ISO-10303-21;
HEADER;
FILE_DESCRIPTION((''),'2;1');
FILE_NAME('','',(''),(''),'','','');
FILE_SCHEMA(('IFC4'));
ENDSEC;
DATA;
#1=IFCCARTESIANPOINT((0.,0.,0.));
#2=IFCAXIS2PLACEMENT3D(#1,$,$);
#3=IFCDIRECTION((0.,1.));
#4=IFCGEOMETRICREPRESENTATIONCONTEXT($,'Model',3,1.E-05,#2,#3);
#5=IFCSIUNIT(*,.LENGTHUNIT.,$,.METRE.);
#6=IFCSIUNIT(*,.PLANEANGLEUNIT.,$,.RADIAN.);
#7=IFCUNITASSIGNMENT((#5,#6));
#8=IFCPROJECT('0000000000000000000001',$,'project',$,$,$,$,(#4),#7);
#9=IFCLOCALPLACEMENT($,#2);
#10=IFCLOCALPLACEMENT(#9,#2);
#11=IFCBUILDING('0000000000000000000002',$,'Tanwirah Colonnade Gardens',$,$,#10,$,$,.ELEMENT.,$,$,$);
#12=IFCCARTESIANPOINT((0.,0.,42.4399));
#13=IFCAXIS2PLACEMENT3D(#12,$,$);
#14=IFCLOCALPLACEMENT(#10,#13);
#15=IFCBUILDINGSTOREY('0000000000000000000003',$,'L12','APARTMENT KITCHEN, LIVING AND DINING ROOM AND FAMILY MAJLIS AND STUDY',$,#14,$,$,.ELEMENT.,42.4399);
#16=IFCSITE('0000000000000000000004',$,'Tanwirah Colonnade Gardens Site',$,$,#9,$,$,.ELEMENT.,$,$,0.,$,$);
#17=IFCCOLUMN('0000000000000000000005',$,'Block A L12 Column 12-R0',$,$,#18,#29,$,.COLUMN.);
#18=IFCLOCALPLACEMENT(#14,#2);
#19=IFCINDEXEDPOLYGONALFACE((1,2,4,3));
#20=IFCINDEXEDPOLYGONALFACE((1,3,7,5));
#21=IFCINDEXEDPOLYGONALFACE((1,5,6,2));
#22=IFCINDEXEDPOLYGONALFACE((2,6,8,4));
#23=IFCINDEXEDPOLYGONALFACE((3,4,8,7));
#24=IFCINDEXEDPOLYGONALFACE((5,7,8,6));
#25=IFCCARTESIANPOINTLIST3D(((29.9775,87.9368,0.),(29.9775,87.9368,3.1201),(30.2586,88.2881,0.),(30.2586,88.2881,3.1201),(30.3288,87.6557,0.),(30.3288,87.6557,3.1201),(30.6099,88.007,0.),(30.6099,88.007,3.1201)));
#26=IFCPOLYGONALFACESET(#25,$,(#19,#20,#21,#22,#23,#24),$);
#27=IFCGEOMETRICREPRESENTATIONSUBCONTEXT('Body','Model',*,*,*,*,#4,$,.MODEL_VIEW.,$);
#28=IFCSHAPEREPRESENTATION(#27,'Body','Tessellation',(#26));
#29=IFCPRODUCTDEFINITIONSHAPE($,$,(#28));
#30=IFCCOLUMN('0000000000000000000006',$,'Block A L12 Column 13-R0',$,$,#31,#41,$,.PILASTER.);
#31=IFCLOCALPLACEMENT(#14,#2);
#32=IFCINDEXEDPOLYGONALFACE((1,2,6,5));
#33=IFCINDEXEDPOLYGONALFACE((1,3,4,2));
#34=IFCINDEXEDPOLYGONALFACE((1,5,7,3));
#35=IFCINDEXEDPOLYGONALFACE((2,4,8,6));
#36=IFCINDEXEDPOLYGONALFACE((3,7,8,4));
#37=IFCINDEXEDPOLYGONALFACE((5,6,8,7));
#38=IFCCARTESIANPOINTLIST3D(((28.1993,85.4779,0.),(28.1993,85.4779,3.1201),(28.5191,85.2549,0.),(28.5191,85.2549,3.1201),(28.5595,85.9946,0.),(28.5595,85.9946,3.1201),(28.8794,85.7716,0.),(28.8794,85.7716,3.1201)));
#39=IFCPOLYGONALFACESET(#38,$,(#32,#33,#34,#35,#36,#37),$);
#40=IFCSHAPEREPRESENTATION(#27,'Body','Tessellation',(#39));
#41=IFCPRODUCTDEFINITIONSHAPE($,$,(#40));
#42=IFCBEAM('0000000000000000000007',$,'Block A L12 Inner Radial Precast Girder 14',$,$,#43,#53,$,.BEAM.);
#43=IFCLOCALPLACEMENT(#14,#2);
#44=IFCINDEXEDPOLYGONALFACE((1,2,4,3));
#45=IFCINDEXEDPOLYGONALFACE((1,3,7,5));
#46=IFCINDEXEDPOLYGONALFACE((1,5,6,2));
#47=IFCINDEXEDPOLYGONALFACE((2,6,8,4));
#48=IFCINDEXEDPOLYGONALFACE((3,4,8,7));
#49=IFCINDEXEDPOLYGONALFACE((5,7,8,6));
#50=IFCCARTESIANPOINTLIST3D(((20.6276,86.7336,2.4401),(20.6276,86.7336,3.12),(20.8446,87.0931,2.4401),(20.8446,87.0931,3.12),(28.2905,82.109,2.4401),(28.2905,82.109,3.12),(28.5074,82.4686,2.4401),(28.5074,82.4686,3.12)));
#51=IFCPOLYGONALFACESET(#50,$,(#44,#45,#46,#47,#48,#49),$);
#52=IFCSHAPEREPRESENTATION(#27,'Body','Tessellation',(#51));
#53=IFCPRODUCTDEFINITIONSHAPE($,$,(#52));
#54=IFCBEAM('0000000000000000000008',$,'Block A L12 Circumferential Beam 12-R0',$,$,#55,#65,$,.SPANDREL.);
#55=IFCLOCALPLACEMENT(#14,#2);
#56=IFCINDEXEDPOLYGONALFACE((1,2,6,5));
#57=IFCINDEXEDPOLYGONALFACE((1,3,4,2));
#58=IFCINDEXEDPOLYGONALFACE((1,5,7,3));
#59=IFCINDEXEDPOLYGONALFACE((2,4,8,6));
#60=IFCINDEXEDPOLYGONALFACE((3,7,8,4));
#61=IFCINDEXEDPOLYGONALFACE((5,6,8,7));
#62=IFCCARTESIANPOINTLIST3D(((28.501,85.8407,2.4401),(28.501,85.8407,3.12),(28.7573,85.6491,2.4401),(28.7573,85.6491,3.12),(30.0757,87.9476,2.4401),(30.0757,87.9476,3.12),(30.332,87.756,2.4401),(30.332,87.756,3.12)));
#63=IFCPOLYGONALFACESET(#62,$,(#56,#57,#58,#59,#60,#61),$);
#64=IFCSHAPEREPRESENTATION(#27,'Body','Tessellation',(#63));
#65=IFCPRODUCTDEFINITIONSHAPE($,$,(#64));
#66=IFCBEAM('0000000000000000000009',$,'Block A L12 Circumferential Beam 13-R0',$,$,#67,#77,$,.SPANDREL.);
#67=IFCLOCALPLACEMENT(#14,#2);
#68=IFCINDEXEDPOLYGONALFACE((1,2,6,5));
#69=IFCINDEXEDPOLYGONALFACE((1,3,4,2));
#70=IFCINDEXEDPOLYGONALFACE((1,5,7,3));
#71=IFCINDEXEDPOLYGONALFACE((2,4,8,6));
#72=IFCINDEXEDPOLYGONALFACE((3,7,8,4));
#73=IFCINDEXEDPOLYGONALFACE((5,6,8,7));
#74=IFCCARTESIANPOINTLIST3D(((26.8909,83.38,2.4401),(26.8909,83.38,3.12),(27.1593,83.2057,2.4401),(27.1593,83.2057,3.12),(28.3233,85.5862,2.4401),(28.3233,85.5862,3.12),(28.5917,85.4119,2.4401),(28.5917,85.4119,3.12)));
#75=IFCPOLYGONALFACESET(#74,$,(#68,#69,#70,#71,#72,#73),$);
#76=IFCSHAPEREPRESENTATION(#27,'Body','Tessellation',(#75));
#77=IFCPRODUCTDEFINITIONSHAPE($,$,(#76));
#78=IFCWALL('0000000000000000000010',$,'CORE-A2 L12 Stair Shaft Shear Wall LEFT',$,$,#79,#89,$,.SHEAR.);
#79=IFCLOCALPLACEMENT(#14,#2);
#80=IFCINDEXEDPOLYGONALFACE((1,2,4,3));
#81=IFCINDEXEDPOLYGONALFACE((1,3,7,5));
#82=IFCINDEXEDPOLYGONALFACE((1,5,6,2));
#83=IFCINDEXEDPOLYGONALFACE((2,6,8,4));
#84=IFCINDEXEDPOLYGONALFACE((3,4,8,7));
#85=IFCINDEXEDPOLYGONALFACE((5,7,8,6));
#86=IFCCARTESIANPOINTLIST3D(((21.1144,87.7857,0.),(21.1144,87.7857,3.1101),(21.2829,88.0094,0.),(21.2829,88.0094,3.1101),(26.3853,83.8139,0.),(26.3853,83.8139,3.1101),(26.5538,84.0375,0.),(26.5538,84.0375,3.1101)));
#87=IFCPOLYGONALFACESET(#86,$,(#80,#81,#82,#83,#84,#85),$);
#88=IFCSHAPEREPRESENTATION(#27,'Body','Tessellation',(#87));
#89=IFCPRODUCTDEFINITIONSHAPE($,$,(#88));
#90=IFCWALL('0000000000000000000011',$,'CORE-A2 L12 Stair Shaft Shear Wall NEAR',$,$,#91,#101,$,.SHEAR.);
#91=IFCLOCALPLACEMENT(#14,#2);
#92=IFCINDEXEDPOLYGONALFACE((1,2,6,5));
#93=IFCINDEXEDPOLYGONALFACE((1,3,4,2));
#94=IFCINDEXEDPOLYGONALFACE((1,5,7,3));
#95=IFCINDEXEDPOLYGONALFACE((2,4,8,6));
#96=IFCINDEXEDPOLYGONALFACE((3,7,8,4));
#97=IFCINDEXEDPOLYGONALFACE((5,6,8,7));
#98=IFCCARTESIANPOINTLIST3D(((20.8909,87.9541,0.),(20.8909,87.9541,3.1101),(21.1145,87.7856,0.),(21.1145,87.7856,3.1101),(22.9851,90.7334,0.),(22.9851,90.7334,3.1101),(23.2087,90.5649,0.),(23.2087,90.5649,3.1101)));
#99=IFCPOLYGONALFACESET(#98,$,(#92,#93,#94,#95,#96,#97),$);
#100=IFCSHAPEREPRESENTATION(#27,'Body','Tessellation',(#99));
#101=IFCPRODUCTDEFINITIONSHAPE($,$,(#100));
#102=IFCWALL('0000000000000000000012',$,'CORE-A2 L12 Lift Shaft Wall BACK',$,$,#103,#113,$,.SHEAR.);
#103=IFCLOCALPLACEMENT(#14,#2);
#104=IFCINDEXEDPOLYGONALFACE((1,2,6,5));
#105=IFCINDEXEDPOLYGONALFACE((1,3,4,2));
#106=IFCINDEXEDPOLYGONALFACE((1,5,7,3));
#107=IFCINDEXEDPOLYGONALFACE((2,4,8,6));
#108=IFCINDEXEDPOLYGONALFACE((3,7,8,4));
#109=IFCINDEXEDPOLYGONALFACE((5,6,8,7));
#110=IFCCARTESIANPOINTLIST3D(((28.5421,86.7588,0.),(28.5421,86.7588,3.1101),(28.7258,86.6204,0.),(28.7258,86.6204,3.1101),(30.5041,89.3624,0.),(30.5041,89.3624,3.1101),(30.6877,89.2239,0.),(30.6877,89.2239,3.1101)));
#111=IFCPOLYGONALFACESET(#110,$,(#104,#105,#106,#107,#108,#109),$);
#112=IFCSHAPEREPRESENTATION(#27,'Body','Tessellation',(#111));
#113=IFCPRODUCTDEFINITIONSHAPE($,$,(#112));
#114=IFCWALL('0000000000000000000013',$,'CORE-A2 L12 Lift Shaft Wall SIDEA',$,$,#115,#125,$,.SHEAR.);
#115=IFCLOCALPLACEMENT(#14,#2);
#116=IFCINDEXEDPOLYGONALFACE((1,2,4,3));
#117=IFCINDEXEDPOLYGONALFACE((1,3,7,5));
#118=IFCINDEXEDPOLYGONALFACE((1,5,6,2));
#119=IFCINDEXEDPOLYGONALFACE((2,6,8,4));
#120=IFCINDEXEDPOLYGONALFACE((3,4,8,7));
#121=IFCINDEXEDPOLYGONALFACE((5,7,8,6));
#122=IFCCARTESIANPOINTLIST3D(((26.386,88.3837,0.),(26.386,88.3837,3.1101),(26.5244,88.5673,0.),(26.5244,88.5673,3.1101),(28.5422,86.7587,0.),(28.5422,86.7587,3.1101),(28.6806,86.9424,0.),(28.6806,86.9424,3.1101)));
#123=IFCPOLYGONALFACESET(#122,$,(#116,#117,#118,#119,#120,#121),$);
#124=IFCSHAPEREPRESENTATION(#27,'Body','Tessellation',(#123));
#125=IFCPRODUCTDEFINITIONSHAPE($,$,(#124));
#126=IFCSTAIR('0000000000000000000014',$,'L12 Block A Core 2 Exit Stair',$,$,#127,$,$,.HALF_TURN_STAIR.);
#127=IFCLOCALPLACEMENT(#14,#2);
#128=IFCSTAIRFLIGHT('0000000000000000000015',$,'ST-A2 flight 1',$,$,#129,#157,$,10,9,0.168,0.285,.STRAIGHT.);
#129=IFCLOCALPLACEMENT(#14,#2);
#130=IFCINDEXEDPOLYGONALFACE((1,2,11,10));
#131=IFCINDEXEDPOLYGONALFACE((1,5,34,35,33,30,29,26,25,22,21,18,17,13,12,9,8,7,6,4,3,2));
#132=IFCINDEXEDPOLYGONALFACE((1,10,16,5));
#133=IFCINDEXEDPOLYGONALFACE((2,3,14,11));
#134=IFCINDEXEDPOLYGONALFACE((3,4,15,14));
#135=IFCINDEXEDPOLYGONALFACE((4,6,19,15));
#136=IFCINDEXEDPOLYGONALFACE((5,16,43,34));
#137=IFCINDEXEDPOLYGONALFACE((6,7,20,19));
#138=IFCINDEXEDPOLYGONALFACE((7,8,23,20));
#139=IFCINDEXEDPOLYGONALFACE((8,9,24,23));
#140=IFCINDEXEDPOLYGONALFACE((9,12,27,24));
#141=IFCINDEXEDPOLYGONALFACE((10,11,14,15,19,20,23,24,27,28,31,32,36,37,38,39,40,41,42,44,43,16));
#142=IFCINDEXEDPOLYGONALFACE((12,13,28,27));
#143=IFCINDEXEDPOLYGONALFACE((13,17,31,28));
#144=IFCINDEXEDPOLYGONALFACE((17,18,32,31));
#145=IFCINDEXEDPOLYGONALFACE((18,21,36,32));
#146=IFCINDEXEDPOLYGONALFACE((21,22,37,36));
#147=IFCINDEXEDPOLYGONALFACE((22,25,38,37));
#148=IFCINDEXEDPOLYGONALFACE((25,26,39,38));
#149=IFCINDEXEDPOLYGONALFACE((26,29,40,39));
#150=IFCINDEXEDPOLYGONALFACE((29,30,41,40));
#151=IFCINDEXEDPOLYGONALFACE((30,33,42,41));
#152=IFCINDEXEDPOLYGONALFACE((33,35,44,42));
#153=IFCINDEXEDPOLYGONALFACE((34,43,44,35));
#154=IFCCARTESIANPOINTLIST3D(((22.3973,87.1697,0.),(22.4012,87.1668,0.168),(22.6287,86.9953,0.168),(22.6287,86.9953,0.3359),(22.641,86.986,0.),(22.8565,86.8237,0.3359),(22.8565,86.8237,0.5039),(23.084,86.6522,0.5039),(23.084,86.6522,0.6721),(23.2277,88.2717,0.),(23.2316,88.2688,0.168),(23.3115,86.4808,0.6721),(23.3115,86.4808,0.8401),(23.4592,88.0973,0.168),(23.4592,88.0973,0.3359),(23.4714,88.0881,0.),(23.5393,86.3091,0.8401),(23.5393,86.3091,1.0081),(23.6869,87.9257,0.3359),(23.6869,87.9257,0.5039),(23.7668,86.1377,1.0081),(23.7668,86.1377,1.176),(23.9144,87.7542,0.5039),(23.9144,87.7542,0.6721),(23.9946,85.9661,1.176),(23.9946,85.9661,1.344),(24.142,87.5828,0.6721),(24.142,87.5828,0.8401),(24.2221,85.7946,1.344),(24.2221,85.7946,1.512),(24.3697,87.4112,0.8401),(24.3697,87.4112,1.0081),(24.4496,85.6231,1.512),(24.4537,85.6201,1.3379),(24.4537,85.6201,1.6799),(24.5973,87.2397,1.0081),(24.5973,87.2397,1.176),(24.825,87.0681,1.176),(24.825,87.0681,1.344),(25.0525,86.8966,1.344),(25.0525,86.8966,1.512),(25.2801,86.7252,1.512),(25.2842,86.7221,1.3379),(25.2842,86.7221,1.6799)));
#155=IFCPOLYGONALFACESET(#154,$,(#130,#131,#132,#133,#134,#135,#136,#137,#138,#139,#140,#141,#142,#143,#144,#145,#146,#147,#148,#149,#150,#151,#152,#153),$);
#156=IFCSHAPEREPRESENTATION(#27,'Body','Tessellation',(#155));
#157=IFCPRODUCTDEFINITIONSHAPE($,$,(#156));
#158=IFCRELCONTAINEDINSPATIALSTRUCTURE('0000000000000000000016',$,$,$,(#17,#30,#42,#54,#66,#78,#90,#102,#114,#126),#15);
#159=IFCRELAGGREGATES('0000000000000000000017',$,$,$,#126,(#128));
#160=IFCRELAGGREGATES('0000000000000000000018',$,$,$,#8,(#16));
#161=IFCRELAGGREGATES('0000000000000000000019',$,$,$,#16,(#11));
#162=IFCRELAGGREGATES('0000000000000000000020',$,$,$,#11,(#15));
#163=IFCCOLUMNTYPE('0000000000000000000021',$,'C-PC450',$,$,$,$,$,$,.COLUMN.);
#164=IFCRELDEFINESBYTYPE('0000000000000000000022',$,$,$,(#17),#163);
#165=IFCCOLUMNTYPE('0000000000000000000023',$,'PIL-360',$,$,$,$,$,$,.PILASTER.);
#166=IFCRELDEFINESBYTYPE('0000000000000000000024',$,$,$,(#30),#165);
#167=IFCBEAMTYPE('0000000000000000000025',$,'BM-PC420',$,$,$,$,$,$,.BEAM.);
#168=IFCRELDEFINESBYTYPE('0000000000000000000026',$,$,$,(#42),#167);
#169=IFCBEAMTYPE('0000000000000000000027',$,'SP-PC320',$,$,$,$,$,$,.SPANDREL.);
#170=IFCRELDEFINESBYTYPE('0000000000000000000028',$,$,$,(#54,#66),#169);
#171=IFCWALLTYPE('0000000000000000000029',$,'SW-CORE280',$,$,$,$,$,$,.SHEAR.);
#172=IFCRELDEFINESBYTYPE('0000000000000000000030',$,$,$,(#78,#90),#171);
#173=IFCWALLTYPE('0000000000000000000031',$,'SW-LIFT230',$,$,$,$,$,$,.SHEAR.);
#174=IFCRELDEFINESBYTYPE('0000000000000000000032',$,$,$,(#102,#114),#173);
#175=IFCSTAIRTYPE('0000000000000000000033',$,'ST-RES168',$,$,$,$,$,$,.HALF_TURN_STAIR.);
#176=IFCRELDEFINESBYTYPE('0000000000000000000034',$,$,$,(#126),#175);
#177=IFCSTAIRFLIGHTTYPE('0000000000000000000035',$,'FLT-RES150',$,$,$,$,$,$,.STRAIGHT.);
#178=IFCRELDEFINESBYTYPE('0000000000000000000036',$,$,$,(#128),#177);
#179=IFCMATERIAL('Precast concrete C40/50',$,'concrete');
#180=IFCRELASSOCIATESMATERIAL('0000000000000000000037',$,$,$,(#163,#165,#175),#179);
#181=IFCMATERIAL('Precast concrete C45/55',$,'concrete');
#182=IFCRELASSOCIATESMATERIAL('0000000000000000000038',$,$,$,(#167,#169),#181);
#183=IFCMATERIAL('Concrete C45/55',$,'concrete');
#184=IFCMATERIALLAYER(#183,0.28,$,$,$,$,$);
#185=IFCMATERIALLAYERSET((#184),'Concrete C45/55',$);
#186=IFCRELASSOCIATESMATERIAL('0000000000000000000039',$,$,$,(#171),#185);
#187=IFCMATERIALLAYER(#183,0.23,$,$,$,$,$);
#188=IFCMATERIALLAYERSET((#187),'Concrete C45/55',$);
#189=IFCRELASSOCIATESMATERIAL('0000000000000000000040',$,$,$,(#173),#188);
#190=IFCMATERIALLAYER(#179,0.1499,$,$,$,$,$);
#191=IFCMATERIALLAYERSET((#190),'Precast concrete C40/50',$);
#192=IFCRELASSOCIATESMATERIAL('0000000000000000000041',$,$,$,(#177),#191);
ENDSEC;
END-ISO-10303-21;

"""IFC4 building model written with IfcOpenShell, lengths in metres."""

from ifc_helpers import new_model, si_unit, direction, frame, frame_2d, origin, origin_2d, place, context, subcontext, project, spatial, polyline, rectangle, outline, extrude, material, layer, layer_set, material_profile, profile_set, type_object, element, aggregate, save


model = new_model("IFC4")

# Units and contexts
model_context = context("Model", 3, precision=1e-05, world=origin(), true_north=direction((0.0, 1.0)))
body_context = subcontext(model_context, "Body", "Model", "MODEL_VIEW")
ifc_project = project(units=[si_unit("LENGTHUNIT", "METRE"), si_unit("PLANEANGLEUNIT", "RADIAN")], contexts=[model_context])

# Site, building, storey
site_placement = place(None, origin())
site = spatial("IfcSite", under=ifc_project, at=site_placement, Name="Tanwirah Colonnade Gardens Site", CompositionType="ELEMENT", RefElevation=0.0)
building_placement = place(site_placement, origin())
building = spatial("IfcBuilding", under=site, at=building_placement, Name="Tanwirah Colonnade Gardens", CompositionType="ELEMENT")
storey_placement = place(building_placement, frame((0.0, 0.0, 42.4399)))
storey = spatial("IfcBuildingStorey", under=building, at=storey_placement, Name="L12", Description="APARTMENT KITCHEN, LIVING AND DINING ROOM AND FAMILY MAJLIS AND STUDY", CompositionType="ELEMENT", Elevation=42.4399)

# Columns
ifc_material_1 = material(Name="Precast concrete C40/50", Category="concrete")
ifc_material_profile_1 = material_profile(ifc_material_1, rectangle(XDim=0.45, YDim=0.45, at=origin_2d()), Name="PC-COL 450x450")
ifc_profile_set_1 = profile_set([ifc_material_profile_1], Name="Precast concrete C40/50")
column_type_1 = type_object("IfcColumnType", Name="C-PC450", PredefinedType="COLUMN", material=ifc_profile_set_1)
column_1_placement = place(storey_placement, frame((30.2937, 87.9719, 0.0), z_axis=(0.0, 0.0, 1.0), x_axis=(-0.780794, 0.624788, 0.0)))
element("IfcColumn", 1, at=column_1_placement, inside=storey, type_object=column_type_1, Name="Block A L12 Column 12-R0", PredefinedType="COLUMN", context=body_context, shape_type="SweptSolid", body=[
    extrude(rectangle(XDim=0.45, YDim=0.45, at=origin_2d()), origin(), (0.0, 0.0, 1.0), 3.1201),
])
ifc_material_profile_2 = material_profile(ifc_material_1, rectangle(XDim=0.3899, YDim=0.6299, at=origin_2d()), Name="PC-PIL 390x630")
ifc_profile_set_2 = profile_set([ifc_material_profile_2], Name="Precast concrete C40/50")
column_type_2 = type_object("IfcColumnType", Name="PIL-360", PredefinedType="PILASTER", material=ifc_profile_set_2)
column_2_placement = place(storey_placement, frame((28.5393, 85.6248, 0.0), z_axis=(0.0, 0.0, 1.0), x_axis=(-0.820263, 0.571987, 0.0)))
element("IfcColumn", 2, at=column_2_placement, inside=storey, type_object=column_type_2, Name="Block A L12 Column 13-R0", PredefinedType="PILASTER", context=body_context, shape_type="SweptSolid", body=[
    extrude(rectangle(XDim=0.3899, YDim=0.6299, at=origin_2d()), origin(), (0.0, 0.0, 1.0), 3.1201),
])

# Beams
ifc_material_2 = material(Name="Precast concrete C45/55", Category="concrete")
ifc_material_profile_3 = material_profile(ifc_material_2, rectangle(XDim=0.4199, YDim=0.6799, at=origin_2d()), Name="PC-BM 420x680")
ifc_profile_set_3 = profile_set([ifc_material_profile_3], Name="Precast concrete C45/55")
beam_type_1 = type_object("IfcBeamType", Name="BM-PC420", PredefinedType="BEAM", material=ifc_profile_set_3)
beam_placement = place(storey_placement, frame((20.7361, 86.9133, 2.78), z_axis=(0.856169, -0.516696, 0.0), x_axis=(0.516696, 0.856169, 0.0)))
element("IfcBeam", 3, at=beam_placement, inside=storey, type_object=beam_type_1, Name="Block A L12 Inner Radial Precast Girder 14", PredefinedType="BEAM", context=body_context, shape_type="SweptSolid", body=[
    extrude(rectangle(XDim=0.4199, YDim=0.6799, at=origin_2d()), origin(), (0.0, 0.0, 1.0), 8.9502),
])
ifc_material_profile_4 = material_profile(ifc_material_2, rectangle(XDim=0.3201, YDim=0.6799, at=origin_2d()), Name="PC-SP 320x680")
ifc_profile_set_4 = profile_set([ifc_material_profile_4], Name="Precast concrete C45/55")
beam_type_2 = type_object("IfcBeamType", Name="SP-PC320", PredefinedType="SPANDREL", material=ifc_profile_set_4)
for number, where, z_axis, x_axis, name in (
    (4, (30.2039, 87.8518, 2.78), (-0.598663, -0.801001, 0.0), (0.801001, -0.598663, 0.0), "Block A L12 Circumferential Beam 12-R0"),
    (5, (28.4575, 85.499, 2.78), (-0.544571, -0.838715, 0.0), (0.838715, -0.544571, 0.0), "Block A L12 Circumferential Beam 13-R0"),
):
    element("IfcBeam", number, at=place(storey_placement, frame(where, z_axis=z_axis, x_axis=x_axis)), inside=storey, type_object=beam_type_2, Name=name, PredefinedType="SPANDREL", context=body_context, shape_type="SweptSolid", body=[
        extrude(rectangle(XDim=0.3201, YDim=0.6799, at=origin_2d()), origin(), (0.0, 0.0, 1.0), 2.6304),
    ])

# Walls
ifc_material_3 = material(Name="Concrete C45/55", Category="concrete")
ifc_layer_1 = layer(ifc_material_3, 0.28)
ifc_layer_set_1 = layer_set([ifc_layer_1], Name="Concrete C45/55")
wall_type_1 = type_object("IfcWallType", Name="SW-CORE280", PredefinedType="SHEAR", material=ifc_layer_set_1)
wall_1_placement = place(storey_placement, frame((21.1987, 87.8975, 0.0), z_axis=(0.0, 0.0, 1.0), x_axis=(0.79864, -0.60181, 0.0)))
element("IfcWall", 6, at=wall_1_placement, inside=storey, type_object=wall_type_1, Name="CORE-A2 L12 Stair Shaft Shear Wall LEFT", PredefinedType="SHEAR", context=body_context, shape_type="SweptSolid", body=[
    extrude(rectangle(XDim=6.5999, YDim=0.28, at=frame_2d((3.2998, 0.0))), origin(), (0.0, 0.0, 1.0), 3.1101),
])
wall_2_placement = place(storey_placement, frame((21.0027, 87.8699, 0.0), z_axis=(0.0, 0.0, 1.0), x_axis=(0.601794, 0.798651, 0.0)))
element("IfcWall", 7, at=wall_2_placement, inside=storey, type_object=wall_type_1, Name="CORE-A2 L12 Stair Shaft Shear Wall NEAR", PredefinedType="SHEAR", context=body_context, shape_type="SweptSolid", body=[
    extrude(rectangle(XDim=3.48, YDim=0.28, at=frame_2d((1.74, 0.0))), origin(), (0.0, 0.0, 1.0), 3.1101),
])

# Shared definitions
ifc_layer_2 = layer(ifc_material_3, 0.23)
ifc_layer_set_2 = layer_set([ifc_layer_2], Name="Concrete C45/55")
wall_type_2 = type_object("IfcWallType", Name="SW-LIFT230", PredefinedType="SHEAR", material=ifc_layer_set_2)

# Walls
wall_3_placement = place(storey_placement, frame((28.634, 86.6897, 0.0), z_axis=(0.0, 0.0, 1.0), x_axis=(0.60182, 0.798632, 0.0)))
element("IfcWall", 8, at=wall_3_placement, inside=storey, type_object=wall_type_2, Name="CORE-A2 L12 Lift Shaft Wall BACK", PredefinedType="SHEAR", context=body_context, shape_type="SweptSolid", body=[
    extrude(rectangle(XDim=3.26, YDim=0.23, at=frame_2d((1.6299, 0.0))), origin(), (0.0, 0.0, 1.0), 3.1101),
])
wall_4_placement = place(storey_placement, frame((26.4551, 88.4756, 0.0), z_axis=(0.0, 0.0, 1.0), x_axis=(0.798609, -0.60185, 0.0)))
element("IfcWall", 9, at=wall_4_placement, inside=storey, type_object=wall_type_2, Name="CORE-A2 L12 Lift Shaft Wall SIDEA", PredefinedType="SHEAR", context=body_context, shape_type="SweptSolid", body=[
    extrude(rectangle(XDim=2.7, YDim=0.23, at=frame_2d((1.3501, 0.0))), origin(), (0.0, 0.0, 1.0), 3.1101),
])

# Stair, stair flight
stair_type = type_object("IfcStairType", Name="ST-RES168", PredefinedType="HALF_TURN_STAIR", material=ifc_material_1)
stair_placement = place(storey_placement, origin())
stair = element("IfcStair", 10, at=stair_placement, inside=storey, type_object=stair_type, Name="L12 Block A Core 2 Exit Stair", PredefinedType="HALF_TURN_STAIR")
ifc_layer_3 = layer(ifc_material_1, 0.1499)
ifc_layer_set_3 = layer_set([ifc_layer_3], Name="Precast concrete C40/50")
stair_flight_type = type_object("IfcStairFlightType", Name="FLT-RES150", PredefinedType="STRAIGHT", material=ifc_layer_set_3)
stair_flight_1_placement = place(storey_placement, frame((22.8164, 87.7178, 0.0), z_axis=(0.0, 0.0, 1.0), x_axis=(0.798636, -0.601815, 0.0)))
stair_flight_1 = element("IfcStairFlight", 11, at=stair_flight_1_placement, type_object=stair_flight_type, Name="ST-A2 flight 1", NumberOfRisers=10, NumberOfTreads=9, PredefinedType="STRAIGHT", RiserHeight=0.168, TreadLength=0.285, context=body_context, shape_type="SweptSolid", body=[
    extrude(outline(polyline([(-0.0049, 0.0), (0.0, 0.168), (0.2849, 0.168), (0.2849, 0.3359), (0.5701, 0.3359), (0.5701, 0.5039), (0.855, 0.5039), (0.855, 0.6721), (1.1399, 0.6721), (1.1399, 0.8401), (1.425, 0.8401), (1.425, 1.0081), (1.71, 1.0081), (1.71, 1.176), (1.9951, 1.176), (1.9951, 1.344), (2.28, 1.344), (2.28, 1.512), (2.5649, 1.512), (2.5701, 1.6799), (2.5701, 1.3379), (0.3003, 0.0), (-0.0049, 0.0)])), frame((0.0, 0.6899, 0.0), z_axis=(0.0, -1.0, 0.0), x_axis=(1.0, 0.0, 0.0)), (0.0, 0.0, 1.0), 1.3799),
])
aggregate(stair, [stair_flight_1])

save(model, "model.ifc")
